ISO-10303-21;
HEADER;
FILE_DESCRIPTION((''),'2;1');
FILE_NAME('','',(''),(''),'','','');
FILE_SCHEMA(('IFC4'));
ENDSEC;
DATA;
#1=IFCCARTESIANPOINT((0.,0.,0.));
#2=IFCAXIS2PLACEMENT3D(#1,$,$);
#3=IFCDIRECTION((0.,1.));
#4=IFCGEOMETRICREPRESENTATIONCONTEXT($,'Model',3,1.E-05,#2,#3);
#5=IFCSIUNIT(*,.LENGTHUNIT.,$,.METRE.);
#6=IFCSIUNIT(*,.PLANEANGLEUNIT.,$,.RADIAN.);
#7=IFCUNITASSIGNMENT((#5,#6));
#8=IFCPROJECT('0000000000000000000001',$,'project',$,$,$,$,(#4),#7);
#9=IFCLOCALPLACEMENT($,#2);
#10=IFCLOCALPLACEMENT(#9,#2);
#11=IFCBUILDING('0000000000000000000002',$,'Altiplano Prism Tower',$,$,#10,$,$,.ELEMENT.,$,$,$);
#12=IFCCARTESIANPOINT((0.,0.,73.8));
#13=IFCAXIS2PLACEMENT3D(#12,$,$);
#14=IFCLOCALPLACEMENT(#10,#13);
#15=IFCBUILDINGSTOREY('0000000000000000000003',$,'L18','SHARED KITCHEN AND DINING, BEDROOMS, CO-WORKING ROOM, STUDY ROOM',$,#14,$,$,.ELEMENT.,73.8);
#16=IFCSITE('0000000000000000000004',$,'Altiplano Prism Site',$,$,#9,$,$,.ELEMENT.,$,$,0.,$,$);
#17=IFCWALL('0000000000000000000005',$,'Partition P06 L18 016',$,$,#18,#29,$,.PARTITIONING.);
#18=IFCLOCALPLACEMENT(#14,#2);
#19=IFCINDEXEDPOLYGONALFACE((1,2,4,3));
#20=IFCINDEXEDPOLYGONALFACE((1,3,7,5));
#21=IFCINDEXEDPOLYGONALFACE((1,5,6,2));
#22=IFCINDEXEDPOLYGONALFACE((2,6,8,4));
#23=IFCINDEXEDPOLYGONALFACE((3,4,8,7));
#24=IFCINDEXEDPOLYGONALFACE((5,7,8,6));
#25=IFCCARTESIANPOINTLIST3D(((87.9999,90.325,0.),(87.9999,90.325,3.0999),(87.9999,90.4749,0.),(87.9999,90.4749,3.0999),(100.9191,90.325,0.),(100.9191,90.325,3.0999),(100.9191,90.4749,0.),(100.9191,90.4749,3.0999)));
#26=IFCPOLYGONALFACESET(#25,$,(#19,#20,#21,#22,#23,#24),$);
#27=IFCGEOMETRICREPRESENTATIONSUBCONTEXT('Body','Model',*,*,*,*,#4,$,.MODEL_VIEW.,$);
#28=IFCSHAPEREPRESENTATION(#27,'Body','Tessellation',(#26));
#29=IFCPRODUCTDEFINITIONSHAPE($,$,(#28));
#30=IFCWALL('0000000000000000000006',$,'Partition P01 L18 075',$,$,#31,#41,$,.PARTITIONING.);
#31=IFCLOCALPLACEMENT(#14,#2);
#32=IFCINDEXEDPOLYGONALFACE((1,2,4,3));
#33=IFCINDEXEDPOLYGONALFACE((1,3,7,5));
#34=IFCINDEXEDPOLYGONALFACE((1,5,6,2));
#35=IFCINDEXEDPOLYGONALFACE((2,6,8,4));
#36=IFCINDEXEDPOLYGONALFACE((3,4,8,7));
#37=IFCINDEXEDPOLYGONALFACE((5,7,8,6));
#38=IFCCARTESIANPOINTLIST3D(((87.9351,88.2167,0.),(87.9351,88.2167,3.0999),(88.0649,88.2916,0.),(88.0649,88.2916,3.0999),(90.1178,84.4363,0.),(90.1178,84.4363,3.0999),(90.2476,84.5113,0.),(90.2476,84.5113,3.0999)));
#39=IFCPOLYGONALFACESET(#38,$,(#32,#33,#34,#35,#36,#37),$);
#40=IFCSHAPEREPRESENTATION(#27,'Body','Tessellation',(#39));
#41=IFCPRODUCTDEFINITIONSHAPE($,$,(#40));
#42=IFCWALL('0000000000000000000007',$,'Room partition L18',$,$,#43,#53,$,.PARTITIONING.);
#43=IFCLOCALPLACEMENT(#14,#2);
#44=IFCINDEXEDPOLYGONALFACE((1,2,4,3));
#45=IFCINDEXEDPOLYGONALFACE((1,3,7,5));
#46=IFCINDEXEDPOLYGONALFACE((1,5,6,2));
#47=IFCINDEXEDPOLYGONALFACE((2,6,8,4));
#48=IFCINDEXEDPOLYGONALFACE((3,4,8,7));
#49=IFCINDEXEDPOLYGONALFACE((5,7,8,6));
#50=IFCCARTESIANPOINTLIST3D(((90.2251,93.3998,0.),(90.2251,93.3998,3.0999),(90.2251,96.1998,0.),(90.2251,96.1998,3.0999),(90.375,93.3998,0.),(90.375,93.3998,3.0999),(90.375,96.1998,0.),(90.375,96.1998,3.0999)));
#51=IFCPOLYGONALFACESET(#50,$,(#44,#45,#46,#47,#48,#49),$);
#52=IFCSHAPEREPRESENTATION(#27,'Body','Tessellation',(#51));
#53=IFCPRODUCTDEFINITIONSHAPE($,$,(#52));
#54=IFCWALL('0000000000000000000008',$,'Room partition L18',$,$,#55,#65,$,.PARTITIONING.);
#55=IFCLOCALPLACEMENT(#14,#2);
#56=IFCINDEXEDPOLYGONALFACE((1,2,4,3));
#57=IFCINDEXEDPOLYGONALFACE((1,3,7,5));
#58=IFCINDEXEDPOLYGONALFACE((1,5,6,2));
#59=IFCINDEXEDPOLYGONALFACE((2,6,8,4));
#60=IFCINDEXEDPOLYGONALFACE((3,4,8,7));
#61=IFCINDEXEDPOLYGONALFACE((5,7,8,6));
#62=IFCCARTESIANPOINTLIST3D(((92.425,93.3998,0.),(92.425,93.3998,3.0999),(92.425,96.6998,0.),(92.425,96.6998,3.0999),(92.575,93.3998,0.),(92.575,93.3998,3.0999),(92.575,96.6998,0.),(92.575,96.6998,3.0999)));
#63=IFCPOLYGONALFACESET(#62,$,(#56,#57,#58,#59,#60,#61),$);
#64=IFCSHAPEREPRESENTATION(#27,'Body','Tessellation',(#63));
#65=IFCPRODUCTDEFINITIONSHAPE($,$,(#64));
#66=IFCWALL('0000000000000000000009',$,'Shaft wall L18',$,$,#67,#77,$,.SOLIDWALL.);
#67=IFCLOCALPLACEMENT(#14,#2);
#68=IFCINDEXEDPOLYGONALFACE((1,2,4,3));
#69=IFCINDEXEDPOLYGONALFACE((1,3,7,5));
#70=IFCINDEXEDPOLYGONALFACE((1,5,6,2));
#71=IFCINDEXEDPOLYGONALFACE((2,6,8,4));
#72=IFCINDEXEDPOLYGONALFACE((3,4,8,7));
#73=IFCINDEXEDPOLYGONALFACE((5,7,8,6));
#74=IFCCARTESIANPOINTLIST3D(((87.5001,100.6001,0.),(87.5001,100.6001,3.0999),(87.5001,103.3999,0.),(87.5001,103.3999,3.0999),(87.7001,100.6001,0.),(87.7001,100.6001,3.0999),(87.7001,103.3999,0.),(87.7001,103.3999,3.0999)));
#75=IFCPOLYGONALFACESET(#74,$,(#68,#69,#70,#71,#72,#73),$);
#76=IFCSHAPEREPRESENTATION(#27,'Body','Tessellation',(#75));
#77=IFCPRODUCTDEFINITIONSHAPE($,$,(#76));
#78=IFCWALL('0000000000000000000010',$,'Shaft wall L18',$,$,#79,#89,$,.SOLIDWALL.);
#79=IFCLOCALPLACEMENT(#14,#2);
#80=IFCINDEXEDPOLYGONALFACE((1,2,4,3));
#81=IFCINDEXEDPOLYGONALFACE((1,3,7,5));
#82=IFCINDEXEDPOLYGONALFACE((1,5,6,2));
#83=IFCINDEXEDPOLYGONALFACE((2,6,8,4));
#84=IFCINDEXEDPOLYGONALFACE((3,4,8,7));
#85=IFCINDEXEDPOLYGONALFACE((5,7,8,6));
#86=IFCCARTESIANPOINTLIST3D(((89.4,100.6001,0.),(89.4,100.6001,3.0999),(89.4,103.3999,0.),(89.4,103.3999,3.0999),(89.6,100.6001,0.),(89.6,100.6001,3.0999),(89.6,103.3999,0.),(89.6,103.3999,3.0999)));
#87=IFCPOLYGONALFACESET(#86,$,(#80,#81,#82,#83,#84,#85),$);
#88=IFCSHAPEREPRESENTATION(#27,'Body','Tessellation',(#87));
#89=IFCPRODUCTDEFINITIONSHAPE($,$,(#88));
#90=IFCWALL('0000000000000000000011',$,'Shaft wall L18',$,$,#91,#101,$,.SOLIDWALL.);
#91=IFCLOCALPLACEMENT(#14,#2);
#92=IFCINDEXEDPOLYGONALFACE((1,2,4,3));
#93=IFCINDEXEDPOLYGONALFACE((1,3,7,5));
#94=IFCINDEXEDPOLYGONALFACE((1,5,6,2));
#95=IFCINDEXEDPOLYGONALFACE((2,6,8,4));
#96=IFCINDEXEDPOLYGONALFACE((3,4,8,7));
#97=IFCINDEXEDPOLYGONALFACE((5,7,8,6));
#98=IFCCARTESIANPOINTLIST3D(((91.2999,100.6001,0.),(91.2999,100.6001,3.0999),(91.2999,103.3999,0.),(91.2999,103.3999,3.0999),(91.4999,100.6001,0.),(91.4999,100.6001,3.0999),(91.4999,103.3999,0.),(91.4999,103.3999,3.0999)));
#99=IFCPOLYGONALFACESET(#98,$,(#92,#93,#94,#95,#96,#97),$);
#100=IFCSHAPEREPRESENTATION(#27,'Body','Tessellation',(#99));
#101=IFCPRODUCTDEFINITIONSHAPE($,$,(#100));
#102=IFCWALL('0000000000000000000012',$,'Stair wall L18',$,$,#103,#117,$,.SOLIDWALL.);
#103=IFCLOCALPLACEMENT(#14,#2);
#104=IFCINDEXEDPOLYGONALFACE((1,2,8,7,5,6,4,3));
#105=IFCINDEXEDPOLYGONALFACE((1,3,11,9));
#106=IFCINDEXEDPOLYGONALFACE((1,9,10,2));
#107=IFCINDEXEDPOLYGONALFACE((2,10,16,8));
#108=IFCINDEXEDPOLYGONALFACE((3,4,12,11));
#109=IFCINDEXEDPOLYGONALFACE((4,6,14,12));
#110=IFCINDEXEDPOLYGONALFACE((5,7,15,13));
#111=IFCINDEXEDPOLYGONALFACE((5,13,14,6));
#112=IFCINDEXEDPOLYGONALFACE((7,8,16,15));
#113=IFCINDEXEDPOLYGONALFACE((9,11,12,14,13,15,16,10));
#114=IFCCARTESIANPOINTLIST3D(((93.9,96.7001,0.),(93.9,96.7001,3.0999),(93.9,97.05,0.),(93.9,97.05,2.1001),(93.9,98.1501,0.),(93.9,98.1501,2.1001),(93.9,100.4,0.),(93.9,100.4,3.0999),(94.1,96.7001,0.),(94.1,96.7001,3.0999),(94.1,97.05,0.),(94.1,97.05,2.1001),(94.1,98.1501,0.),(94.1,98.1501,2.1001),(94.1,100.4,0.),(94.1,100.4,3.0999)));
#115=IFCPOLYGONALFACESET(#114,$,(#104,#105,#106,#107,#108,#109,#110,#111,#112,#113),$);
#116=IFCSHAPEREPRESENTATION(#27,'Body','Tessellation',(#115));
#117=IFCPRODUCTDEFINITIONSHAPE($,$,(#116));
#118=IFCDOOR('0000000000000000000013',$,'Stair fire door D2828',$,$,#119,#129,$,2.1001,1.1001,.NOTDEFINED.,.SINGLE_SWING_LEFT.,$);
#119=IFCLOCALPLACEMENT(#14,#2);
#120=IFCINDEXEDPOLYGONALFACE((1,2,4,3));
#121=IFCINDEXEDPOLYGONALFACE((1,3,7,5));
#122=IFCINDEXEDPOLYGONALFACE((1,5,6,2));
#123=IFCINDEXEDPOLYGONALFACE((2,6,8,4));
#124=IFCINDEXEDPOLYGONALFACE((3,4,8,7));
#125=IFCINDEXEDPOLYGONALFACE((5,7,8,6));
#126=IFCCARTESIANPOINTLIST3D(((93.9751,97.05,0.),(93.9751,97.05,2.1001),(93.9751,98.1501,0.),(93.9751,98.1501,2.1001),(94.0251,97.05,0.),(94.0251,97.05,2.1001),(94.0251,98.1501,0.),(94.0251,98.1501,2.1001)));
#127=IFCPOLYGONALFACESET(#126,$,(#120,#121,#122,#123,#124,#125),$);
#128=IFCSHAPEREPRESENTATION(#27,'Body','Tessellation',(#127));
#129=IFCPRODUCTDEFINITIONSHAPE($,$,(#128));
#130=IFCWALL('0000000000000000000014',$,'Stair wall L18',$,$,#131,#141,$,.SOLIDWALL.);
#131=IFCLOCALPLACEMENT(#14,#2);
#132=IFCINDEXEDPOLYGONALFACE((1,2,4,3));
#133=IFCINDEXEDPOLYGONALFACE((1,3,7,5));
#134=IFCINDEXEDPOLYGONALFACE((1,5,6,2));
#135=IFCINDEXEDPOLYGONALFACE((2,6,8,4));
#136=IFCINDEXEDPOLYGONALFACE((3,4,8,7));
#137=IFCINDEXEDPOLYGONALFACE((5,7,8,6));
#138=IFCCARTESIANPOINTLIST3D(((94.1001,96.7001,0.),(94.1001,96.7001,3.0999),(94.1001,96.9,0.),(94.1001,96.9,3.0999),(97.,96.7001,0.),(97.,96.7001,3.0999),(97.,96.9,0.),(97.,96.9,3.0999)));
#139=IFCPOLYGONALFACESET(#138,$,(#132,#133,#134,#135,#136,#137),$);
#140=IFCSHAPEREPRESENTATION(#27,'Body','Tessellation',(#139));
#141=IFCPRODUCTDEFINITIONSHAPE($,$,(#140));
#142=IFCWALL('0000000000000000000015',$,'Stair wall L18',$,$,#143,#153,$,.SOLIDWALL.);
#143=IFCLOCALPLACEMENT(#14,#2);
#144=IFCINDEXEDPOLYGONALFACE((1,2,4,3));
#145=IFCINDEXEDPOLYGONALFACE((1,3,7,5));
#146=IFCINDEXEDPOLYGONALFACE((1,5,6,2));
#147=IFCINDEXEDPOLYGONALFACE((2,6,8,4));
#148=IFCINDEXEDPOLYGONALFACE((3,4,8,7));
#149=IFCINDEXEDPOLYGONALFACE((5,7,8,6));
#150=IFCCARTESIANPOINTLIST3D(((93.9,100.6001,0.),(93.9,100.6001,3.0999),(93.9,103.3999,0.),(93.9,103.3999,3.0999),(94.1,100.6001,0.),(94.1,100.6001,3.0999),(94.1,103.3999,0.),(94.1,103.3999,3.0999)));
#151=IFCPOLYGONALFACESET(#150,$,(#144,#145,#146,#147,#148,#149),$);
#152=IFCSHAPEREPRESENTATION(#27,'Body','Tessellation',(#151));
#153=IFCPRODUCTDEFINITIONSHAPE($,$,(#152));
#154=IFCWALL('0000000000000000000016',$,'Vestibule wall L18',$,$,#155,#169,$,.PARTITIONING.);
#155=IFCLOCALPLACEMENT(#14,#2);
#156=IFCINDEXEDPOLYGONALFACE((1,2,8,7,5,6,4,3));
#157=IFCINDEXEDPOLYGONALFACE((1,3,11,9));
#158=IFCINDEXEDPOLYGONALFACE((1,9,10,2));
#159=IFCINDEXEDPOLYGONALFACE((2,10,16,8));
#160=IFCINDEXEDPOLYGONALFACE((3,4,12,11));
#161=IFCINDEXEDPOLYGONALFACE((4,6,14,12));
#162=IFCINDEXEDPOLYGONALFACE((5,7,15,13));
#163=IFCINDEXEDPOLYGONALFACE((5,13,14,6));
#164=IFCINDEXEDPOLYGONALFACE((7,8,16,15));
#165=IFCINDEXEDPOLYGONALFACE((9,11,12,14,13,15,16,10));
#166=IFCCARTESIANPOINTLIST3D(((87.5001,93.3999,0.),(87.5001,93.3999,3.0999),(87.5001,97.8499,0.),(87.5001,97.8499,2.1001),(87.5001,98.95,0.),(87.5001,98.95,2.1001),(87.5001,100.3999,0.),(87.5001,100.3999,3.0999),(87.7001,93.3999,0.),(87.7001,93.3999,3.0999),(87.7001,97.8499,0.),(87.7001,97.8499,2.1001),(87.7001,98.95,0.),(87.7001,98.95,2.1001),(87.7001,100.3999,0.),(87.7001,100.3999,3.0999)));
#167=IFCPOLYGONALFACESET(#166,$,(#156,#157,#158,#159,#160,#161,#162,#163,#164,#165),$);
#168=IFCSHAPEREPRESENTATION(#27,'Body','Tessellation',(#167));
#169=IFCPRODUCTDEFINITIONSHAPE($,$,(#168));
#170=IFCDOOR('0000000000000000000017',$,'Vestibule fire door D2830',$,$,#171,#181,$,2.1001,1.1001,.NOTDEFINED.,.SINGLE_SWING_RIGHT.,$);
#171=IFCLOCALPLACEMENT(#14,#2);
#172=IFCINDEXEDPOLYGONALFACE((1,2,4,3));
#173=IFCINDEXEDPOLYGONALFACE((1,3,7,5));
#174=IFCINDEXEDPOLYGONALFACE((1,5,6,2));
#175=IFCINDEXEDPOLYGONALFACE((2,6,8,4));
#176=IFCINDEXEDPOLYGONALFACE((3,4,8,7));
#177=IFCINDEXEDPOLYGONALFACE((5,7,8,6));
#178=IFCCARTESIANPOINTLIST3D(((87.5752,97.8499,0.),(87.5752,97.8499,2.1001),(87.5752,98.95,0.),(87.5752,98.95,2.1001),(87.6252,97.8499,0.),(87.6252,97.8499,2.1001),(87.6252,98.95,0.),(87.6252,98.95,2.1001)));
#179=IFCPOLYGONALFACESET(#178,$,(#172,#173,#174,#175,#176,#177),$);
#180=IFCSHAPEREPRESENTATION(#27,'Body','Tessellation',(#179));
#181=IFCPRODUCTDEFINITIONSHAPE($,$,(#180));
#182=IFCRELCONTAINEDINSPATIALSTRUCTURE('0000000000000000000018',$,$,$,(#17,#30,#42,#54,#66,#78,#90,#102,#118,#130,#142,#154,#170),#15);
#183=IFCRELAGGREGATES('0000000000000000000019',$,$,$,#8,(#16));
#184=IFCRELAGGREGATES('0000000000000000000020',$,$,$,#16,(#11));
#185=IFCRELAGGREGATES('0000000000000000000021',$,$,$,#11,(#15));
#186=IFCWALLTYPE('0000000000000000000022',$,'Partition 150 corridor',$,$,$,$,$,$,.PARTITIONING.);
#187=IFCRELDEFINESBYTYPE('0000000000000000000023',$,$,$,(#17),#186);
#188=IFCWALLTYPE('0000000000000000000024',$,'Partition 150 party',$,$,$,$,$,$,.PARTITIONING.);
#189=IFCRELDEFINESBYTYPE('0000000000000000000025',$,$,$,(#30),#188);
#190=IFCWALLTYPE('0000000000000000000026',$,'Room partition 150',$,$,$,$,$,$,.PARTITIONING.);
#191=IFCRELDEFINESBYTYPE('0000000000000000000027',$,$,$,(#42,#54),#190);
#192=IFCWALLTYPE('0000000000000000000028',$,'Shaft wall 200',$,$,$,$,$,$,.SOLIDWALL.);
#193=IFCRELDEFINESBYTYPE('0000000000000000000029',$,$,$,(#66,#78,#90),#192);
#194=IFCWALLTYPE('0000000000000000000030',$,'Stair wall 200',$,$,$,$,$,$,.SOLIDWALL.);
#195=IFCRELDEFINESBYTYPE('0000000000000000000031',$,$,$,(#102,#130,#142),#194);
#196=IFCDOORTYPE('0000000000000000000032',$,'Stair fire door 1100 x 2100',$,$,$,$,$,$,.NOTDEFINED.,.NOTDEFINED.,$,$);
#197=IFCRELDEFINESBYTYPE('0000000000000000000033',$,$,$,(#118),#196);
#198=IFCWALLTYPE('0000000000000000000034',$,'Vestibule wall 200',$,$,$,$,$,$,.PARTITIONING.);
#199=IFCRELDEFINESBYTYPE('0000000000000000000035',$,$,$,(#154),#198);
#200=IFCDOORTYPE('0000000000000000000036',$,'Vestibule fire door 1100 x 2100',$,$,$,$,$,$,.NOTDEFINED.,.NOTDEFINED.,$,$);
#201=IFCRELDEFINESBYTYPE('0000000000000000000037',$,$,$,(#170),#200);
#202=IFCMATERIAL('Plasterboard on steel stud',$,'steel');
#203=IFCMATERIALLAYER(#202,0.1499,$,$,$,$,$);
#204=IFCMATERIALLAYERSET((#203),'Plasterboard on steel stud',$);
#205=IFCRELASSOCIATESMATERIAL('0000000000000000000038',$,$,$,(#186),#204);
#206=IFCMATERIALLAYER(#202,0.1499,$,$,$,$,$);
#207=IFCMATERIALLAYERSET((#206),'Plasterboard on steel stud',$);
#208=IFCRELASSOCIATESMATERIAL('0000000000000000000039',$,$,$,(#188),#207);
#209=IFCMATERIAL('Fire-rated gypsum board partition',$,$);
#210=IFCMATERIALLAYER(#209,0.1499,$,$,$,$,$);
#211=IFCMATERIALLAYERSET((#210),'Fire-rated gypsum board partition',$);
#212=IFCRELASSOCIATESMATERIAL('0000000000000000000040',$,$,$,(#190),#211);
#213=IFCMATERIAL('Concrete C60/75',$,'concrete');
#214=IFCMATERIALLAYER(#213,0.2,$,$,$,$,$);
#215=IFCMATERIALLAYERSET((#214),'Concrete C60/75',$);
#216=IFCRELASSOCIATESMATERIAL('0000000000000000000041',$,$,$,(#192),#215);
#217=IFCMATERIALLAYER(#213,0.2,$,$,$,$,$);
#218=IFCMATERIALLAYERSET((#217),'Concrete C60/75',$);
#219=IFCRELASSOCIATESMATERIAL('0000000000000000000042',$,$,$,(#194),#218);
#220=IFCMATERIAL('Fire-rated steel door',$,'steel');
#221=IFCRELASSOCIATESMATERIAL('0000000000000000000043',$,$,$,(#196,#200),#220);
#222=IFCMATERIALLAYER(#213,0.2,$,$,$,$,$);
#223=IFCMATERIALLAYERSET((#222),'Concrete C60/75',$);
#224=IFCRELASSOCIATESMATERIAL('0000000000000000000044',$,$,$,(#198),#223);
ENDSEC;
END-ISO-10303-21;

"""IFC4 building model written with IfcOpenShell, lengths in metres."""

from ifc_helpers import new_model, si_unit, direction, frame, frame_2d, origin, place, context, subcontext, project, spatial, rectangle, extrude, material, layer, layer_set, type_object, element, fill, save


model = new_model("IFC4")

# Units and contexts
model_context = context("Model", 3, precision=1e-05, world=origin(), true_north=direction((0.0, 1.0)))
body_context = subcontext(model_context, "Body", "Model", "MODEL_VIEW")
ifc_project = project(units=[si_unit("LENGTHUNIT", "METRE"), si_unit("PLANEANGLEUNIT", "RADIAN")], contexts=[model_context])

# Site, building, storey
site_placement = place(None, origin())
site = spatial("IfcSite", under=ifc_project, at=site_placement, Name="Altiplano Prism Site", CompositionType="ELEMENT", RefElevation=0.0)
building_placement = place(site_placement, origin())
building = spatial("IfcBuilding", under=site, at=building_placement, Name="Altiplano Prism Tower", CompositionType="ELEMENT")
storey_placement = place(building_placement, frame((0.0, 0.0, 73.8)))
storey = spatial("IfcBuildingStorey", under=building, at=storey_placement, Name="L18", Description="SHARED KITCHEN AND DINING, BEDROOMS, CO-WORKING ROOM, STUDY ROOM", CompositionType="ELEMENT", Elevation=73.8)

# Walls
ifc_material_1 = material(Name="Plasterboard on steel stud", Category="steel")
ifc_layer_1 = layer(ifc_material_1, 0.1499)
ifc_layer_set_1 = layer_set([ifc_layer_1], Name="Plasterboard on steel stud")
wall_type_1 = type_object("IfcWallType", Name="Partition 150 corridor", PredefinedType="PARTITIONING", material=ifc_layer_set_1)
wall_1_placement = place(storey_placement, frame((88.0, 90.3999, 0.0), z_axis=(0.0, 0.0, 1.0), x_axis=(1.0, 0.0, 0.0)))
element("IfcWall", 1, at=wall_1_placement, inside=storey, type_object=wall_type_1, Name="Partition P06 L18 016", PredefinedType="PARTITIONING", context=body_context, shape_type="SweptSolid", body=[
    extrude(rectangle(XDim=12.9192, YDim=0.1499, at=frame_2d((6.4595, 0.0))), origin(), (0.0, 0.0, 1.0), 3.0999),
])
ifc_layer_2 = layer(ifc_material_1, 0.1499)
ifc_layer_set_2 = layer_set([ifc_layer_2], Name="Plasterboard on steel stud")
wall_type_2 = type_object("IfcWallType", Name="Partition 150 party", PredefinedType="PARTITIONING", material=ifc_layer_set_2)
wall_2_placement = place(storey_placement, frame((88.0, 88.2542, 0.0), z_axis=(0.0, 0.0, 1.0), x_axis=(0.500013, -0.866018, 0.0)))
element("IfcWall", 2, at=wall_2_placement, inside=storey, type_object=wall_type_2, Name="Partition P01 L18 075", PredefinedType="PARTITIONING", context=body_context, shape_type="SweptSolid", body=[
    extrude(rectangle(XDim=4.3652, YDim=0.1499, at=frame_2d((2.1826, 0.0))), origin(), (0.0, 0.0, 1.0), 3.0999),
])
ifc_material_2 = material(Name="Fire-rated gypsum board partition")
ifc_layer_3 = layer(ifc_material_2, 0.1499)
ifc_layer_set_3 = layer_set([ifc_layer_3], Name="Fire-rated gypsum board partition")
wall_type_3 = type_object("IfcWallType", Name="Room partition 150", PredefinedType="PARTITIONING", material=ifc_layer_set_3)
wall_3_placement = place(storey_placement, frame((90.3, 93.3999, 0.0), z_axis=(0.0, 0.0, 1.0), x_axis=(0.0, 1.0, 0.0)))
element("IfcWall", 3, at=wall_3_placement, inside=storey, type_object=wall_type_3, Name="Room partition L18", PredefinedType="PARTITIONING", context=body_context, shape_type="SweptSolid", body=[
    extrude(rectangle(XDim=2.8, YDim=0.1499, at=frame_2d((1.3999, 0.0))), origin(), (0.0, 0.0, 1.0), 3.0999),
])
wall_4_placement = place(storey_placement, frame((92.5, 93.3999, 0.0), z_axis=(0.0, 0.0, 1.0), x_axis=(0.0, 1.0, 0.0)))
element("IfcWall", 4, at=wall_4_placement, inside=storey, type_object=wall_type_3, Name="Room partition L18", PredefinedType="PARTITIONING", context=body_context, shape_type="SweptSolid", body=[
    extrude(rectangle(XDim=3.3, YDim=0.1499, at=frame_2d((1.6499, 0.0))), origin(), (0.0, 0.0, 1.0), 3.0999),
])
ifc_material_3 = material(Name="Concrete C60/75", Category="concrete")
ifc_layer_4 = layer(ifc_material_3, 0.2)
ifc_layer_set_4 = layer_set([ifc_layer_4], Name="Concrete C60/75")
wall_type_4 = type_object("IfcWallType", Name="Shaft wall 200", PredefinedType="SOLIDWALL", material=ifc_layer_set_4)
for number, where, z_axis, x_axis, name in (
    (5, (87.6001, 100.6001, 0.0), (0.0, 0.0, 1.0), (0.0, 1.0, 0.0), "Shaft wall L18"),
    (6, (89.5, 100.6001, 0.0), (0.0, 0.0, 1.0), (0.0, 1.0, 0.0), "Shaft wall L18"),
    (7, (91.3999, 100.6001, 0.0), (0.0, 0.0, 1.0), (0.0, 1.0, 0.0), "Shaft wall L18"),
):
    element("IfcWall", number, at=place(storey_placement, frame(where, z_axis=z_axis, x_axis=x_axis)), inside=storey, type_object=wall_type_4, Name=name, PredefinedType="SOLIDWALL", context=body_context, shape_type="SweptSolid", body=[
        extrude(rectangle(XDim=2.7998, YDim=0.2, at=frame_2d((1.3999, 0.0))), origin(), (0.0, 0.0, 1.0), 3.0999),
    ])

# Wall, opening, door
ifc_layer_5 = layer(ifc_material_3, 0.2)
ifc_layer_set_5 = layer_set([ifc_layer_5], Name="Concrete C60/75")
wall_type_5 = type_object("IfcWallType", Name="Stair wall 200", PredefinedType="SOLIDWALL", material=ifc_layer_set_5)
wall_5_placement = place(storey_placement, frame((94.0, 96.7, 0.0), z_axis=(0.0, 0.0, 1.0), x_axis=(0.0, 1.0, 0.0)))
wall_5 = element("IfcWall", 8, at=wall_5_placement, inside=storey, type_object=wall_type_5, Name="Stair wall L18", PredefinedType="SOLIDWALL", context=body_context, shape_type="SweptSolid", body=[
    extrude(rectangle(XDim=3.7, YDim=0.2, at=frame_2d((1.8501, 0.0))), origin(), (0.0, 0.0, 1.0), 3.0999),
])
opening_1_placement = place(wall_5_placement, frame((0.3501, 0.0, 0.0)))
opening_1 = element("IfcOpeningElement", 9, at=opening_1_placement, cuts=wall_5, PredefinedType="OPENING", context=body_context, shape_type="SweptSolid", body=[
    extrude(rectangle(XDim=1.1001, YDim=2.1001, at=frame_2d((0.55, 1.05))), frame((0.0, 0.1104, 0.0), z_axis=(0.0, -1.0, 0.0), x_axis=(1.0, 0.0, 0.0)), (0.0, 0.0, 1.0), 0.2209),
])
ifc_material_4 = material(Name="Fire-rated steel door", Category="steel")
door_type_1 = type_object("IfcDoorType", Name="Stair fire door 1100 x 2100", OperationType="NOTDEFINED", PredefinedType="NOTDEFINED", material=ifc_material_4)
door_1_placement = place(opening_1_placement, origin())
door_1 = element("IfcDoor", 10, at=door_1_placement, inside=storey, type_object=door_type_1, Name="Stair fire door D2828", OperationType="SINGLE_SWING_LEFT", OverallHeight=2.1001, OverallWidth=1.1001, PredefinedType="NOTDEFINED", context=body_context, shape_type="SweptSolid", body=[
    extrude(rectangle(XDim=1.1001, YDim=2.1001, at=frame_2d((0.55, 1.05))), frame((0.0, 0.0249, 0.0), z_axis=(0.0, -1.0, 0.0), x_axis=(1.0, 0.0, 0.0)), (0.0, 0.0, 1.0), 0.05),
])
fill(opening_1, door_1)

# Walls
wall_6_placement = place(storey_placement, frame((94.1001, 96.8, 0.0), z_axis=(0.0, 0.0, 1.0), x_axis=(1.0, 0.0, 0.0)))
element("IfcWall", 11, at=wall_6_placement, inside=storey, type_object=wall_type_5, Name="Stair wall L18", PredefinedType="SOLIDWALL", context=body_context, shape_type="SweptSolid", body=[
    extrude(rectangle(XDim=2.8999, YDim=0.2, at=frame_2d((1.45, 0.0))), origin(), (0.0, 0.0, 1.0), 3.0999),
])
wall_7_placement = place(storey_placement, frame((94.0, 100.6001, 0.0), z_axis=(0.0, 0.0, 1.0), x_axis=(0.0, 1.0, 0.0)))
element("IfcWall", 12, at=wall_7_placement, inside=storey, type_object=wall_type_5, Name="Stair wall L18", PredefinedType="SOLIDWALL", context=body_context, shape_type="SweptSolid", body=[
    extrude(rectangle(XDim=2.7998, YDim=0.2, at=frame_2d((1.3999, 0.0))), origin(), (0.0, 0.0, 1.0), 3.0999),
])

# Wall, opening, door
ifc_layer_6 = layer(ifc_material_3, 0.2)
ifc_layer_set_6 = layer_set([ifc_layer_6], Name="Concrete C60/75")
wall_type_6 = type_object("IfcWallType", Name="Vestibule wall 200", PredefinedType="PARTITIONING", material=ifc_layer_set_6)
wall_8_placement = place(storey_placement, frame((87.6001, 93.3999, 0.0), z_axis=(0.0, 0.0, 1.0), x_axis=(0.0, 1.0, 0.0)))
wall_8 = element("IfcWall", 13, at=wall_8_placement, inside=storey, type_object=wall_type_6, Name="Vestibule wall L18", PredefinedType="PARTITIONING", context=body_context, shape_type="SweptSolid", body=[
    extrude(rectangle(XDim=7.0, YDim=0.2, at=frame_2d((3.5, 0.0))), origin(), (0.0, 0.0, 1.0), 3.0999),
])
opening_2_placement = place(wall_8_placement, frame((4.45, 0.0, 0.0)))
opening_2 = element("IfcOpeningElement", 14, at=opening_2_placement, cuts=wall_8, PredefinedType="OPENING", context=body_context, shape_type="SweptSolid", body=[
    extrude(rectangle(XDim=1.1001, YDim=2.1001, at=frame_2d((0.55, 1.05))), frame((0.0, 0.1104, 0.0), z_axis=(0.0, -1.0, 0.0), x_axis=(1.0, 0.0, 0.0)), (0.0, 0.0, 1.0), 0.2209),
])
door_type_2 = type_object("IfcDoorType", Name="Vestibule fire door 1100 x 2100", OperationType="NOTDEFINED", PredefinedType="NOTDEFINED", material=ifc_material_4)
door_2_placement = place(opening_2_placement, origin())
door_2 = element("IfcDoor", 15, at=door_2_placement, inside=storey, type_object=door_type_2, Name="Vestibule fire door D2830", OperationType="SINGLE_SWING_RIGHT", OverallHeight=2.1001, OverallWidth=1.1001, PredefinedType="NOTDEFINED", context=body_context, shape_type="SweptSolid", body=[
    extrude(rectangle(XDim=1.1001, YDim=2.1001, at=frame_2d((0.55, 1.05))), frame((0.0, 0.0249, 0.0), z_axis=(0.0, -1.0, 0.0), x_axis=(1.0, 0.0, 0.0)), (0.0, 0.0, 1.0), 0.05),
])
fill(opening_2, door_2)

save(model, "model.ifc")
